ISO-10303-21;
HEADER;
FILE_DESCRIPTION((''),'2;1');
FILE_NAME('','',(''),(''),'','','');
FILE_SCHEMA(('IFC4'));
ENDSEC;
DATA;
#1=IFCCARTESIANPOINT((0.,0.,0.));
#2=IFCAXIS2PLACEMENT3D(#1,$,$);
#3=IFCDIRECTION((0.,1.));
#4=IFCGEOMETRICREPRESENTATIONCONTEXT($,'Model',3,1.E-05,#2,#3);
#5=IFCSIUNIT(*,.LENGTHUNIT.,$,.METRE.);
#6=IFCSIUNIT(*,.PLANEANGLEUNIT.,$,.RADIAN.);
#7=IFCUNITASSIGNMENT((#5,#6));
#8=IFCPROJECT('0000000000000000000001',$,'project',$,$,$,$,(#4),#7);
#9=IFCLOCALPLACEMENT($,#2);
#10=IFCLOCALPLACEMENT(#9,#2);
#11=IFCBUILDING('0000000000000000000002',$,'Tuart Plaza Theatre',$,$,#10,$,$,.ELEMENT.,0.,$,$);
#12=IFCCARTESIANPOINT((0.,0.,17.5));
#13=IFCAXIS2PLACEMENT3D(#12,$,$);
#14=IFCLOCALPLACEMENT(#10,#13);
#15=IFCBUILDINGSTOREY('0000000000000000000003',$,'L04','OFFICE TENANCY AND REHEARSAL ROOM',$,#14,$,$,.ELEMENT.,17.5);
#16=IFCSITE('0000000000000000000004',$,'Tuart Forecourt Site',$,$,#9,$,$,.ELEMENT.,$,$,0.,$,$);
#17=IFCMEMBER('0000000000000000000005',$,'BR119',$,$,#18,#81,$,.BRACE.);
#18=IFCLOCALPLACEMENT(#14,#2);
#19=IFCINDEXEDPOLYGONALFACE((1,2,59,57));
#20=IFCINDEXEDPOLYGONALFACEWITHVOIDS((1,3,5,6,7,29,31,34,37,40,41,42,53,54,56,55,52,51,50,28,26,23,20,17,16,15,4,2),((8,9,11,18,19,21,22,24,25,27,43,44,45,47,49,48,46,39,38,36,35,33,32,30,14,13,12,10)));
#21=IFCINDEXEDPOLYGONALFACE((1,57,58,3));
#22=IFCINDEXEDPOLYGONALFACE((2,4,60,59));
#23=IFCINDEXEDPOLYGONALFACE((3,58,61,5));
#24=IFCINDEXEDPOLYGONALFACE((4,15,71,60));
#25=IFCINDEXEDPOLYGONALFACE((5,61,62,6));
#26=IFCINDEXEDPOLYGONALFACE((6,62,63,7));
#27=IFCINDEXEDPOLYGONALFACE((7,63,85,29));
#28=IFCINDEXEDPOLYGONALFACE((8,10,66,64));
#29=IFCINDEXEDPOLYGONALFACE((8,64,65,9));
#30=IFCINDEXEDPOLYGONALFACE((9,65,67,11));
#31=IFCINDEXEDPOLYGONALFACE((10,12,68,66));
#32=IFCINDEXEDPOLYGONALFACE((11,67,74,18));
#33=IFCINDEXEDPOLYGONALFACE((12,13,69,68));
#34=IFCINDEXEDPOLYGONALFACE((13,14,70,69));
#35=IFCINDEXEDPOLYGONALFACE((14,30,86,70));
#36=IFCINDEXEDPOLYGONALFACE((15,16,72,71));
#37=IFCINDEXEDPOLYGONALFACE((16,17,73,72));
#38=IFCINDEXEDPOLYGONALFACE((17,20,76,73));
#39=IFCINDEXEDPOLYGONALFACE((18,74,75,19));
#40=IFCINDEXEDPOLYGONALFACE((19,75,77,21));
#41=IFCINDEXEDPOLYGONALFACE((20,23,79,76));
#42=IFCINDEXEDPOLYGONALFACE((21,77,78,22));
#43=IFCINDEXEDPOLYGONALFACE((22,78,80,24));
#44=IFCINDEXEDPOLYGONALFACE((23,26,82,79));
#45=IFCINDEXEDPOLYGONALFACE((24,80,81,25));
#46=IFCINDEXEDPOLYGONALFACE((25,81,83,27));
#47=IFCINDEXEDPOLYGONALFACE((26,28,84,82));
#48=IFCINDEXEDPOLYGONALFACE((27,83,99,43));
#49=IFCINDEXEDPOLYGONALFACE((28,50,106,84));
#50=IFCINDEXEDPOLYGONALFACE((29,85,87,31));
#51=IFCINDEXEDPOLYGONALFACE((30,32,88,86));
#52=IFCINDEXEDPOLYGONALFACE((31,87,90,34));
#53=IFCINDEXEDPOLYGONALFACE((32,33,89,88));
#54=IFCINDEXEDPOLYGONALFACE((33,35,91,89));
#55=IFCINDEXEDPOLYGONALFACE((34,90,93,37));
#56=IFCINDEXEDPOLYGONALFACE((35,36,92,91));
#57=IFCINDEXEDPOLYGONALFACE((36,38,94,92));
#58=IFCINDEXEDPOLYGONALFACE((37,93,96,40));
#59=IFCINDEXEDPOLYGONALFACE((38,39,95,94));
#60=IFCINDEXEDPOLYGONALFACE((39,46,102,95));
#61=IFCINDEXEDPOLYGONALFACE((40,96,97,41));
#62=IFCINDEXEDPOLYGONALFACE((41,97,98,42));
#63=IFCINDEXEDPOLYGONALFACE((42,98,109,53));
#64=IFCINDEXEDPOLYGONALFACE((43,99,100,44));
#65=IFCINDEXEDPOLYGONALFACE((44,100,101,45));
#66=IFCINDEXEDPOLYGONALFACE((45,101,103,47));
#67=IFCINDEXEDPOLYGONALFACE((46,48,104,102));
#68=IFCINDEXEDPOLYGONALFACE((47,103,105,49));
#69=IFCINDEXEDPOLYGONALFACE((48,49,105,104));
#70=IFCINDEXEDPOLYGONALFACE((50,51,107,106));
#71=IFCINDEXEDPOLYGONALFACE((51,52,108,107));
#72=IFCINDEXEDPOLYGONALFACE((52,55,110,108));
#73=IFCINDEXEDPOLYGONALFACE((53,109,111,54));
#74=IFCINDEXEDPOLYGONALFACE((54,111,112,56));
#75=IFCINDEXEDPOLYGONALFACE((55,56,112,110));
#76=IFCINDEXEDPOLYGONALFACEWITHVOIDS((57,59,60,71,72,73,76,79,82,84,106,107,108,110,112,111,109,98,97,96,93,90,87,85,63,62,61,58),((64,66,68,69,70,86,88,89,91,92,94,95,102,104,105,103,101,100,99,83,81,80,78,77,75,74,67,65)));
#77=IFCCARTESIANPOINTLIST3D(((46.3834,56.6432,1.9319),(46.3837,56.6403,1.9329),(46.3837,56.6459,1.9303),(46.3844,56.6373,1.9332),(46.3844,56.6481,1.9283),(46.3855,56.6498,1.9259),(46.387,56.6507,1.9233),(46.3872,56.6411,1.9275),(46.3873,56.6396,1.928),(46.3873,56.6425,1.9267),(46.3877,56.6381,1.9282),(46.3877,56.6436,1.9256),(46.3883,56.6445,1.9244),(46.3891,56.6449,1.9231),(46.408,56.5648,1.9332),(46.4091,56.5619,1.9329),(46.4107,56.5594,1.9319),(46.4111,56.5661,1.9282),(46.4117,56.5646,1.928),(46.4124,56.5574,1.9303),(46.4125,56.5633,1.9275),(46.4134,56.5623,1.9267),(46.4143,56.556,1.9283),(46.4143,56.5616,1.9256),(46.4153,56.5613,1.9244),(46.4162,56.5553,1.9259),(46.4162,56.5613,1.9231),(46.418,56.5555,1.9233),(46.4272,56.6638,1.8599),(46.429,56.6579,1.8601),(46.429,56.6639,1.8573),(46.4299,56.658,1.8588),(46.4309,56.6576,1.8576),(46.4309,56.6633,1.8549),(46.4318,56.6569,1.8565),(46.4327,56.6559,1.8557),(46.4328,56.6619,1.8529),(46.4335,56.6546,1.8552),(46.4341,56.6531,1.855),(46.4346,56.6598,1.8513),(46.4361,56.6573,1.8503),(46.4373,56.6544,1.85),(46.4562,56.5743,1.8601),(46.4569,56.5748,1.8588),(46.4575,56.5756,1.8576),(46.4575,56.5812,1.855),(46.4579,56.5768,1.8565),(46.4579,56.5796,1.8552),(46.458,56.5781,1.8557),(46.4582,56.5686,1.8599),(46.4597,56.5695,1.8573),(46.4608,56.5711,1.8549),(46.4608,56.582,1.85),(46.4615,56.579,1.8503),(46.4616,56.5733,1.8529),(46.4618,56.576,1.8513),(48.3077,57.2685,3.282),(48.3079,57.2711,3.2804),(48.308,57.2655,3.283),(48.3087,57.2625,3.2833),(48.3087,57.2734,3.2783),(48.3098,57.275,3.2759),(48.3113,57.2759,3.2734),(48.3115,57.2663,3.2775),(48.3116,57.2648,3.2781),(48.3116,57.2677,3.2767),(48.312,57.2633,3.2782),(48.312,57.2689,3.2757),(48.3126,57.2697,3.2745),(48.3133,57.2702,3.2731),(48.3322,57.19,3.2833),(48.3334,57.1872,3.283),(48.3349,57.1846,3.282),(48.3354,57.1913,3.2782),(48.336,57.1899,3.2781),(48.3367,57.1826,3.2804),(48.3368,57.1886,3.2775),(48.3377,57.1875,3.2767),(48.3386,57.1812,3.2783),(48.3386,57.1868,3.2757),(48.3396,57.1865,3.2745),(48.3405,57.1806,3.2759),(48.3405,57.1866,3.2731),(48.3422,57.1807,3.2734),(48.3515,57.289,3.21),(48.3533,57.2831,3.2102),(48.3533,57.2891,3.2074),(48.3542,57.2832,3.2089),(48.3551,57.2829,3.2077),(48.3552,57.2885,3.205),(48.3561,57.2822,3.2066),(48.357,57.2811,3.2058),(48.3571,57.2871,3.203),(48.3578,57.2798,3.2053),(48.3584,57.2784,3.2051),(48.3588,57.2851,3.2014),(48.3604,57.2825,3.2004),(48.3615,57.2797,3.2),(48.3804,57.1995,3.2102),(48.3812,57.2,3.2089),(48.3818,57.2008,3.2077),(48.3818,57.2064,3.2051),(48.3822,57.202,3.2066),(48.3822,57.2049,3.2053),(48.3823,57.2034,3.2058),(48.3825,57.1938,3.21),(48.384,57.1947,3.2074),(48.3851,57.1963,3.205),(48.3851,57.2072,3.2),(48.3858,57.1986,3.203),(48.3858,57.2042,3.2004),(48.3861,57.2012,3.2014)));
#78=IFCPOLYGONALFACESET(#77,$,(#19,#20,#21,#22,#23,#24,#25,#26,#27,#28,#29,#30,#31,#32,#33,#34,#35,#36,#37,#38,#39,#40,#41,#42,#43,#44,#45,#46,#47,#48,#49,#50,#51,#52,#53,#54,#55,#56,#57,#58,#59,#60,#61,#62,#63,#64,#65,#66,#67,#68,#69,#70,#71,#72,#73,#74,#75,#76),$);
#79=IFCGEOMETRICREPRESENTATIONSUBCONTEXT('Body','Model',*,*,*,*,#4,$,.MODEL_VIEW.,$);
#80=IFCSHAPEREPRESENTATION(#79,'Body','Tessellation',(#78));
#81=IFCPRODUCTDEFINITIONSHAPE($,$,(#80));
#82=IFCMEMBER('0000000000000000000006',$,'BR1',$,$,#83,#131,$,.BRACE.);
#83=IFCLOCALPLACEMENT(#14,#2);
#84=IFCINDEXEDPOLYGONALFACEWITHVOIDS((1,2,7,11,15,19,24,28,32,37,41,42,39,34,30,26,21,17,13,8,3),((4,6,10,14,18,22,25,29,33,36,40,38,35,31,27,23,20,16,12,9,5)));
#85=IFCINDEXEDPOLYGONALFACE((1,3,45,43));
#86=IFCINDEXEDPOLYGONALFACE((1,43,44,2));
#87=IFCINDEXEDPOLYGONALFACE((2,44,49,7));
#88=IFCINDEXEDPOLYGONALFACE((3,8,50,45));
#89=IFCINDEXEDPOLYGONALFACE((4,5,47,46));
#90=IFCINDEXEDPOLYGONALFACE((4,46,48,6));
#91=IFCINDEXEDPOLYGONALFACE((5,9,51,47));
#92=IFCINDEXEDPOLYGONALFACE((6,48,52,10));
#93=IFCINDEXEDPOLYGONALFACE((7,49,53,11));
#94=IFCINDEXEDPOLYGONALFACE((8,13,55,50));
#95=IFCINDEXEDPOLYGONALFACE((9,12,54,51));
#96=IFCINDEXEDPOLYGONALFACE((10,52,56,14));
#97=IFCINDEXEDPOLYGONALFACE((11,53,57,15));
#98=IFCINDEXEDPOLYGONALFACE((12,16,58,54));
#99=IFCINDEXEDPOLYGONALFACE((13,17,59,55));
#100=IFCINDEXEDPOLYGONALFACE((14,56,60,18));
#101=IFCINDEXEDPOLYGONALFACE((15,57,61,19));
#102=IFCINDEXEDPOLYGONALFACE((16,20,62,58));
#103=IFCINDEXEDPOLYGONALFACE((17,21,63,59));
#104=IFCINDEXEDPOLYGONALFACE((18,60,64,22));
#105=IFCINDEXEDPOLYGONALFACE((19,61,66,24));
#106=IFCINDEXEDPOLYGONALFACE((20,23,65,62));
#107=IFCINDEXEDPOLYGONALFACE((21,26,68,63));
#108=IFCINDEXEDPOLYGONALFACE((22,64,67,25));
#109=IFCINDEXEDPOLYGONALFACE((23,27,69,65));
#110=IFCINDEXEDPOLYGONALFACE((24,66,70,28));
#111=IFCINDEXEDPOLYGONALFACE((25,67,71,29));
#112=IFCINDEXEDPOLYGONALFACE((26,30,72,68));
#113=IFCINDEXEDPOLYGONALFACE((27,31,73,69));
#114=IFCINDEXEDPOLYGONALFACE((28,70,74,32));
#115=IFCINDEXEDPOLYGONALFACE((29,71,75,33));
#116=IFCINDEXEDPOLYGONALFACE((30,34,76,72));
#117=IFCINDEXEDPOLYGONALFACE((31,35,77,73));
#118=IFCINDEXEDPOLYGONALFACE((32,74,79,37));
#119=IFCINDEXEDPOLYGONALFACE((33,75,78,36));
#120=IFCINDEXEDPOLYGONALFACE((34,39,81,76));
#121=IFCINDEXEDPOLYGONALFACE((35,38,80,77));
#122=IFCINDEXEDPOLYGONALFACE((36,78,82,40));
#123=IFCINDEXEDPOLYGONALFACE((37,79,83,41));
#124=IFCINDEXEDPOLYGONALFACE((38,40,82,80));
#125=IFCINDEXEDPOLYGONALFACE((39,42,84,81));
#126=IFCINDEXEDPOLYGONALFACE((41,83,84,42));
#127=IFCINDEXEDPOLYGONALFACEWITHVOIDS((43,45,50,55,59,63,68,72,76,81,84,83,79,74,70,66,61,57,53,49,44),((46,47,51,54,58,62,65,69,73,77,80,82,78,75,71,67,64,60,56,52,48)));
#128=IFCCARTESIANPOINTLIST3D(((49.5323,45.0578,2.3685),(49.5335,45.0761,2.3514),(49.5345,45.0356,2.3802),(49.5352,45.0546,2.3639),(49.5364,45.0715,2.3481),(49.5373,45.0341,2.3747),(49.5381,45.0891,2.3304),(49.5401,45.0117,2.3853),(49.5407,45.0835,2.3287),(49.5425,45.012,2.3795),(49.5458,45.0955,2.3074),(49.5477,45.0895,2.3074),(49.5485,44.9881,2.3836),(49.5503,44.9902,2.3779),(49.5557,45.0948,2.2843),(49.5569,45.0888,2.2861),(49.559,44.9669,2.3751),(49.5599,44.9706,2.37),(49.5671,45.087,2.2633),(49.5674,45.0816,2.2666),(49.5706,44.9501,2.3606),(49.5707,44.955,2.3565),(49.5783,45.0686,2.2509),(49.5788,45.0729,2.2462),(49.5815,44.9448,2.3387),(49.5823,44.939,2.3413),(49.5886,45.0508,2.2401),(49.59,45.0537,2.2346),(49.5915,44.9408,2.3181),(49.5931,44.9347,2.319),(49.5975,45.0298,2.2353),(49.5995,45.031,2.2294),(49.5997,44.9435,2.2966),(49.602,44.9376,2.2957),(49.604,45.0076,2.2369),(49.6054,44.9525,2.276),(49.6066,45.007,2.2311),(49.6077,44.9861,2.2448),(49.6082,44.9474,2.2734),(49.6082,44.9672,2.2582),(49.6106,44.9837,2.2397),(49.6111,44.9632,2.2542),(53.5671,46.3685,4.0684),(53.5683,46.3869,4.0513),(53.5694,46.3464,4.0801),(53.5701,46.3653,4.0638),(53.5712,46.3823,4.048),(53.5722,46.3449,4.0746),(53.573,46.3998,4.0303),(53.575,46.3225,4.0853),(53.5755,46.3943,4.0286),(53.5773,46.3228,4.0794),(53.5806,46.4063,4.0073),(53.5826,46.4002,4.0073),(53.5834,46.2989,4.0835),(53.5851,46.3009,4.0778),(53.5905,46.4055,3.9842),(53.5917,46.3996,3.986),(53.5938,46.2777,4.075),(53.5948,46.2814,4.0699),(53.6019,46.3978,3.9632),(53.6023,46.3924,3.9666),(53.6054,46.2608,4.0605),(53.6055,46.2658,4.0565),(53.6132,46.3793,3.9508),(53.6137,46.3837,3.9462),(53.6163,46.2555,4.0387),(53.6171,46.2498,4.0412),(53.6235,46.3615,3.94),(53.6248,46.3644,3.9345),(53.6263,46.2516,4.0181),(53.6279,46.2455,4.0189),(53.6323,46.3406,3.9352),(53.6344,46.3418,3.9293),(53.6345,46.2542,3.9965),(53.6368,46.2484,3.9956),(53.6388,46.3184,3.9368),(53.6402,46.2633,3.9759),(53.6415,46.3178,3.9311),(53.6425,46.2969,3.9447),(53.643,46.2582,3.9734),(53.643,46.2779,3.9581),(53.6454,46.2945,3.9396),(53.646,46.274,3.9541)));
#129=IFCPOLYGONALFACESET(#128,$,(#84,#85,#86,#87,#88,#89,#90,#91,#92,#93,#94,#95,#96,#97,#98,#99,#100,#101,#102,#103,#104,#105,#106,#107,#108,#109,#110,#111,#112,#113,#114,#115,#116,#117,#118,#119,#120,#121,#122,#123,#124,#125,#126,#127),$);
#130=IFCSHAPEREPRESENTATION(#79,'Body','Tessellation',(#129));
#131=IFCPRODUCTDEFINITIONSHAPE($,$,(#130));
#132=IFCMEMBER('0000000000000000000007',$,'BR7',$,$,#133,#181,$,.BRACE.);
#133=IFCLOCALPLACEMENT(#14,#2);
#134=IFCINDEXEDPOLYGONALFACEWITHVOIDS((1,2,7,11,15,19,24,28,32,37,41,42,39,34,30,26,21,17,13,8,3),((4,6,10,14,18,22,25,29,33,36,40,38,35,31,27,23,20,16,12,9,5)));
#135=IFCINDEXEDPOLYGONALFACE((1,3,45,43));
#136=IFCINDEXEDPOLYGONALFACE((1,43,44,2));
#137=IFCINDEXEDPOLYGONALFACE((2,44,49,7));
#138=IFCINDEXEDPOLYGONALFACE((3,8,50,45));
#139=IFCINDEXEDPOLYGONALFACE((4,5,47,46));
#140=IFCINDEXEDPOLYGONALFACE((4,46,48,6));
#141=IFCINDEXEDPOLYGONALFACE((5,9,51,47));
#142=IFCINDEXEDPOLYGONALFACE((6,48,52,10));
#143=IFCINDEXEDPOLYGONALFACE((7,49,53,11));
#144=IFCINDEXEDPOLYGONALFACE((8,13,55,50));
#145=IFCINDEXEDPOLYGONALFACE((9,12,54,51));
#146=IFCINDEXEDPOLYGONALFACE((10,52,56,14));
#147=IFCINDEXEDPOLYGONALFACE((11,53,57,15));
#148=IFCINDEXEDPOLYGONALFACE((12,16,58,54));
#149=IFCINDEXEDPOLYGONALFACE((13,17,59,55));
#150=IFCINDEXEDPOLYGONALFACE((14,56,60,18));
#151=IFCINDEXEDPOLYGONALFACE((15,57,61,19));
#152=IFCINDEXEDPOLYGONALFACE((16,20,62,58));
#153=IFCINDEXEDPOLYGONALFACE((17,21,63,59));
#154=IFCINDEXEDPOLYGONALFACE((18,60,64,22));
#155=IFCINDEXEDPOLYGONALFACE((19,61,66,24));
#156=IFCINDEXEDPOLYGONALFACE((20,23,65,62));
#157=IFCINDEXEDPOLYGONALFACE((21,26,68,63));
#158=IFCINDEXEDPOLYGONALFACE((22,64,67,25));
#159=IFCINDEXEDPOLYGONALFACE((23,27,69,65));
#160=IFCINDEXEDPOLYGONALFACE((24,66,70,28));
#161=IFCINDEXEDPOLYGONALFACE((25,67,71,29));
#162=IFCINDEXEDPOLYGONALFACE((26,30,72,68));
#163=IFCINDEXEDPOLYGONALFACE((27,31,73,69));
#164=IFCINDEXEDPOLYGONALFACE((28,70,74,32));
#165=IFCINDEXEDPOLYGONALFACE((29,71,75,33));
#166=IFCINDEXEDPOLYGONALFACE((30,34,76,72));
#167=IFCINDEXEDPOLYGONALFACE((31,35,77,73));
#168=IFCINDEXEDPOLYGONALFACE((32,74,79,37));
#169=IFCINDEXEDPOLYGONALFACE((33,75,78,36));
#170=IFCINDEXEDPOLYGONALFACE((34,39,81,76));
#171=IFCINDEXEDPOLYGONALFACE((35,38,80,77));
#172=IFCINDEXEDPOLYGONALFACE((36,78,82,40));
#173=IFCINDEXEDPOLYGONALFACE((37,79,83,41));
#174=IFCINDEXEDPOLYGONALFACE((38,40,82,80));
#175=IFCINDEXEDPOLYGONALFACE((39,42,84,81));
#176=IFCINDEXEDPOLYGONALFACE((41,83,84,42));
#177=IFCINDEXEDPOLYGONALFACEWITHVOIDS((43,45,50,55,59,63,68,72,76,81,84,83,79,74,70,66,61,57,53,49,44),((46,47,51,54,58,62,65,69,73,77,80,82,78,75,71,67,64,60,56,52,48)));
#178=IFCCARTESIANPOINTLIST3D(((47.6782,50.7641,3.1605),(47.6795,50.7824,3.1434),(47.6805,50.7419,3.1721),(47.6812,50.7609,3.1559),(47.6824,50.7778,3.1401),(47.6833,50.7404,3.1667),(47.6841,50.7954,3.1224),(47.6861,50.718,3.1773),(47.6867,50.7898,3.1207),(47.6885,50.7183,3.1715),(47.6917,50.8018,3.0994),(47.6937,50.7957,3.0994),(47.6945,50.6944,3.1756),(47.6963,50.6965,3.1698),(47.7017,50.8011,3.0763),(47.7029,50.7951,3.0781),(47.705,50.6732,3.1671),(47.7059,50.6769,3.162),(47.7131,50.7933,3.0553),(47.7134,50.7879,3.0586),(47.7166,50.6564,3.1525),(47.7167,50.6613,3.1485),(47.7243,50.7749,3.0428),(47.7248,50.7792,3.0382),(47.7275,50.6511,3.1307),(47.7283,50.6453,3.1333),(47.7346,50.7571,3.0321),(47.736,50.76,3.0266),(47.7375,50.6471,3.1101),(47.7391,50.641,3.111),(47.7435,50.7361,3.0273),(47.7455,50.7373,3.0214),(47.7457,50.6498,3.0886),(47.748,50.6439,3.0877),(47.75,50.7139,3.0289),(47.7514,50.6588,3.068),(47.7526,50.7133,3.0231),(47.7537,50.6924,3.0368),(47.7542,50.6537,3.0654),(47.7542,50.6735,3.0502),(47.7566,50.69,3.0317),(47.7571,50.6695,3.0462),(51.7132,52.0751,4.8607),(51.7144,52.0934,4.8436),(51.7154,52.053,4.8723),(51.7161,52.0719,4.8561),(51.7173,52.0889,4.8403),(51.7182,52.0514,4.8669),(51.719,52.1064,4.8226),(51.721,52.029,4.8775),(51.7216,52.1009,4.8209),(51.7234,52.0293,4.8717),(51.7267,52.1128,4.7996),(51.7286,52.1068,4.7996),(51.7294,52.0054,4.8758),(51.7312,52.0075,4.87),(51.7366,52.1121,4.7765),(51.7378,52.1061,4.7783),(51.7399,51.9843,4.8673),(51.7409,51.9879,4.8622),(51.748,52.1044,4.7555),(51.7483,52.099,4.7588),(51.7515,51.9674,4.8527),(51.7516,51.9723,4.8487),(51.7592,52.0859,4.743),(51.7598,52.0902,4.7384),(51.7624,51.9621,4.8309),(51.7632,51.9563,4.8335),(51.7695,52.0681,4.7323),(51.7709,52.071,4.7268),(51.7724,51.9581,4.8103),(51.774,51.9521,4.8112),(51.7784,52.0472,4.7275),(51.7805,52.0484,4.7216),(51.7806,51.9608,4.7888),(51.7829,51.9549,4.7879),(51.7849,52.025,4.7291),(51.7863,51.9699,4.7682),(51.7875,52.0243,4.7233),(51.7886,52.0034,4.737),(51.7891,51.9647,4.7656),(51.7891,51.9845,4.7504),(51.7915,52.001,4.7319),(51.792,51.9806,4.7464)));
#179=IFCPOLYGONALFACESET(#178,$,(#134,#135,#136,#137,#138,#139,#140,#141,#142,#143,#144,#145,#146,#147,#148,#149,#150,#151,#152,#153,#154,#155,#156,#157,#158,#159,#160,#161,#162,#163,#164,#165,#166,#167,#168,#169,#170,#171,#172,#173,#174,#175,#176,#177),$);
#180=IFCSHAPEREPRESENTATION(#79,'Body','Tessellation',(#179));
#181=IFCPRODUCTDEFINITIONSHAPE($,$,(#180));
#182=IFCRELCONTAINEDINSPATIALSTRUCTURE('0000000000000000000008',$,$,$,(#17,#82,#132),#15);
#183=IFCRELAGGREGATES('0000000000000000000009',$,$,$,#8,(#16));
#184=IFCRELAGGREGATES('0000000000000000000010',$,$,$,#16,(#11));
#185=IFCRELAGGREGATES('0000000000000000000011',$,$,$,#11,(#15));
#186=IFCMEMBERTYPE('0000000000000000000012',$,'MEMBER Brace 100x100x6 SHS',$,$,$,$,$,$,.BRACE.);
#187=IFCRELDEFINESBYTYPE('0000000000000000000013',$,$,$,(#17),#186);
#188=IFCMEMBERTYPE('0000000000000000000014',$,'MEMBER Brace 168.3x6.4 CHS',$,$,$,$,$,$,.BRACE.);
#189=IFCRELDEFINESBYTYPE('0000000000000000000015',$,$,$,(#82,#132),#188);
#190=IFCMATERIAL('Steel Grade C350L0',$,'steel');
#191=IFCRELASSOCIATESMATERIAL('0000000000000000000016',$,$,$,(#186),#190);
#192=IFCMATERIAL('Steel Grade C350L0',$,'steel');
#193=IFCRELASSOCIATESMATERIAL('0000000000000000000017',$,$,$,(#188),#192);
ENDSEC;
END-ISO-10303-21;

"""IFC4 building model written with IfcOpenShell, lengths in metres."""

from ifc_helpers import new_model, si_unit, direction, frame, origin, origin_2d, place, context, subcontext, project, spatial, hollow_rectangle, hollow_circle, extrude, material, material_profile, profile_set, type_object, element, save


model = new_model("IFC4")

# Units and contexts
model_context = context("Model", 3, precision=1e-05, world=origin(), true_north=direction((0.0, 1.0)))
body_context = subcontext(model_context, "Body", "Model", "MODEL_VIEW")
ifc_project = project(units=[si_unit("LENGTHUNIT", "METRE"), si_unit("PLANEANGLEUNIT", "RADIAN")], contexts=[model_context])

# Site, building, storey
site_placement = place(None, origin())
site = spatial("IfcSite", under=ifc_project, at=site_placement, Name="Tuart Forecourt Site", CompositionType="ELEMENT", RefElevation=0.0)
building_placement = place(site_placement, origin())
building = spatial("IfcBuilding", under=site, at=building_placement, Name="Tuart Plaza Theatre", CompositionType="ELEMENT", ElevationOfRefHeight=0.0)
storey_placement = place(building_placement, frame((0.0, 0.0, 17.5)))
storey = spatial("IfcBuildingStorey", under=building, at=storey_placement, Name="L04", Description="OFFICE TENANCY AND REHEARSAL ROOM", CompositionType="ELEMENT", Elevation=17.5)

# Members
ifc_material_1 = material(Name="Steel Grade C350L0", Category="steel")
ifc_material_profile_1 = material_profile(ifc_material_1, hollow_rectangle(XDim=0.1001, YDim=0.1001, WallThickness=0.0061, InnerFilletRadius=0.0061, OuterFilletRadius=0.012, at=origin_2d()), Name="100x100x6 SHS")
ifc_profile_set_1 = profile_set([ifc_material_profile_1], Name="Steel Grade C350L0")
member_type_1 = type_object("IfcMemberType", Name="MEMBER Brace 100x100x6 SHS", PredefinedType="BRACE", material=ifc_profile_set_1)
member_1_placement = place(storey_placement, frame((46.4226, 56.6096, 1.8916), z_axis=(0.791111, 0.257046, 0.555042), x_axis=(-0.309015, 0.951057, 0.0)))
element("IfcMember", 1, at=member_1_placement, inside=storey, type_object=member_type_1, Name="BR119", PredefinedType="BRACE", context=body_context, shape_type="SweptSolid", body=[
    extrude(hollow_rectangle(XDim=0.1001, YDim=0.1001, WallThickness=0.0061, InnerFilletRadius=0.0061, OuterFilletRadius=0.012, at=origin_2d()), origin(), (0.0, 0.0, 1.0), 2.4324),
])
ifc_material_2 = material(Name="Steel Grade C350L0", Category="steel")
ifc_material_profile_2 = material_profile(ifc_material_2, hollow_circle(Radius=0.0842, WallThickness=0.0063, at=origin_2d()), Name="168.3x6.4 CHS")
ifc_profile_set_2 = profile_set([ifc_material_profile_2], Name="Steel Grade C350L0")
member_type_2 = type_object("IfcMemberType", Name="MEMBER Brace 168.3x6.4 CHS", PredefinedType="BRACE", material=ifc_profile_set_2)
member_2_placement = place(storey_placement, frame((49.5718, 45.0154, 2.3074), z_axis=(0.882836, 0.2868, 0.371948), x_axis=(-0.308968, 0.951073, 0.0)))
element("IfcMember", 2, at=member_2_placement, inside=storey, type_object=member_type_2, Name="BR1", PredefinedType="BRACE", context=body_context, shape_type="SweptSolid", body=[
    extrude(hollow_circle(Radius=0.0842, WallThickness=0.0063, at=origin_2d()), origin(), (0.0, 0.0, 1.0), 4.5703),
])
for number, where, z_axis, x_axis, name in (
    (3, (47.7178, 50.7217, 3.0994), (0.882805, 0.286844, 0.371989), (-0.30902, 0.951056, 0.0), "BR7"),
):
    element("IfcMember", number, at=place(storey_placement, frame(where, z_axis=z_axis, x_axis=x_axis)), inside=storey, type_object=member_type_2, Name=name, PredefinedType="BRACE", context=body_context, shape_type="SweptSolid", body=[
        extrude(hollow_circle(Radius=0.0842, WallThickness=0.0063, at=origin_2d()), origin(), (0.0, 0.0, 1.0), 4.5706),
    ])

save(model, "model.ifc")
